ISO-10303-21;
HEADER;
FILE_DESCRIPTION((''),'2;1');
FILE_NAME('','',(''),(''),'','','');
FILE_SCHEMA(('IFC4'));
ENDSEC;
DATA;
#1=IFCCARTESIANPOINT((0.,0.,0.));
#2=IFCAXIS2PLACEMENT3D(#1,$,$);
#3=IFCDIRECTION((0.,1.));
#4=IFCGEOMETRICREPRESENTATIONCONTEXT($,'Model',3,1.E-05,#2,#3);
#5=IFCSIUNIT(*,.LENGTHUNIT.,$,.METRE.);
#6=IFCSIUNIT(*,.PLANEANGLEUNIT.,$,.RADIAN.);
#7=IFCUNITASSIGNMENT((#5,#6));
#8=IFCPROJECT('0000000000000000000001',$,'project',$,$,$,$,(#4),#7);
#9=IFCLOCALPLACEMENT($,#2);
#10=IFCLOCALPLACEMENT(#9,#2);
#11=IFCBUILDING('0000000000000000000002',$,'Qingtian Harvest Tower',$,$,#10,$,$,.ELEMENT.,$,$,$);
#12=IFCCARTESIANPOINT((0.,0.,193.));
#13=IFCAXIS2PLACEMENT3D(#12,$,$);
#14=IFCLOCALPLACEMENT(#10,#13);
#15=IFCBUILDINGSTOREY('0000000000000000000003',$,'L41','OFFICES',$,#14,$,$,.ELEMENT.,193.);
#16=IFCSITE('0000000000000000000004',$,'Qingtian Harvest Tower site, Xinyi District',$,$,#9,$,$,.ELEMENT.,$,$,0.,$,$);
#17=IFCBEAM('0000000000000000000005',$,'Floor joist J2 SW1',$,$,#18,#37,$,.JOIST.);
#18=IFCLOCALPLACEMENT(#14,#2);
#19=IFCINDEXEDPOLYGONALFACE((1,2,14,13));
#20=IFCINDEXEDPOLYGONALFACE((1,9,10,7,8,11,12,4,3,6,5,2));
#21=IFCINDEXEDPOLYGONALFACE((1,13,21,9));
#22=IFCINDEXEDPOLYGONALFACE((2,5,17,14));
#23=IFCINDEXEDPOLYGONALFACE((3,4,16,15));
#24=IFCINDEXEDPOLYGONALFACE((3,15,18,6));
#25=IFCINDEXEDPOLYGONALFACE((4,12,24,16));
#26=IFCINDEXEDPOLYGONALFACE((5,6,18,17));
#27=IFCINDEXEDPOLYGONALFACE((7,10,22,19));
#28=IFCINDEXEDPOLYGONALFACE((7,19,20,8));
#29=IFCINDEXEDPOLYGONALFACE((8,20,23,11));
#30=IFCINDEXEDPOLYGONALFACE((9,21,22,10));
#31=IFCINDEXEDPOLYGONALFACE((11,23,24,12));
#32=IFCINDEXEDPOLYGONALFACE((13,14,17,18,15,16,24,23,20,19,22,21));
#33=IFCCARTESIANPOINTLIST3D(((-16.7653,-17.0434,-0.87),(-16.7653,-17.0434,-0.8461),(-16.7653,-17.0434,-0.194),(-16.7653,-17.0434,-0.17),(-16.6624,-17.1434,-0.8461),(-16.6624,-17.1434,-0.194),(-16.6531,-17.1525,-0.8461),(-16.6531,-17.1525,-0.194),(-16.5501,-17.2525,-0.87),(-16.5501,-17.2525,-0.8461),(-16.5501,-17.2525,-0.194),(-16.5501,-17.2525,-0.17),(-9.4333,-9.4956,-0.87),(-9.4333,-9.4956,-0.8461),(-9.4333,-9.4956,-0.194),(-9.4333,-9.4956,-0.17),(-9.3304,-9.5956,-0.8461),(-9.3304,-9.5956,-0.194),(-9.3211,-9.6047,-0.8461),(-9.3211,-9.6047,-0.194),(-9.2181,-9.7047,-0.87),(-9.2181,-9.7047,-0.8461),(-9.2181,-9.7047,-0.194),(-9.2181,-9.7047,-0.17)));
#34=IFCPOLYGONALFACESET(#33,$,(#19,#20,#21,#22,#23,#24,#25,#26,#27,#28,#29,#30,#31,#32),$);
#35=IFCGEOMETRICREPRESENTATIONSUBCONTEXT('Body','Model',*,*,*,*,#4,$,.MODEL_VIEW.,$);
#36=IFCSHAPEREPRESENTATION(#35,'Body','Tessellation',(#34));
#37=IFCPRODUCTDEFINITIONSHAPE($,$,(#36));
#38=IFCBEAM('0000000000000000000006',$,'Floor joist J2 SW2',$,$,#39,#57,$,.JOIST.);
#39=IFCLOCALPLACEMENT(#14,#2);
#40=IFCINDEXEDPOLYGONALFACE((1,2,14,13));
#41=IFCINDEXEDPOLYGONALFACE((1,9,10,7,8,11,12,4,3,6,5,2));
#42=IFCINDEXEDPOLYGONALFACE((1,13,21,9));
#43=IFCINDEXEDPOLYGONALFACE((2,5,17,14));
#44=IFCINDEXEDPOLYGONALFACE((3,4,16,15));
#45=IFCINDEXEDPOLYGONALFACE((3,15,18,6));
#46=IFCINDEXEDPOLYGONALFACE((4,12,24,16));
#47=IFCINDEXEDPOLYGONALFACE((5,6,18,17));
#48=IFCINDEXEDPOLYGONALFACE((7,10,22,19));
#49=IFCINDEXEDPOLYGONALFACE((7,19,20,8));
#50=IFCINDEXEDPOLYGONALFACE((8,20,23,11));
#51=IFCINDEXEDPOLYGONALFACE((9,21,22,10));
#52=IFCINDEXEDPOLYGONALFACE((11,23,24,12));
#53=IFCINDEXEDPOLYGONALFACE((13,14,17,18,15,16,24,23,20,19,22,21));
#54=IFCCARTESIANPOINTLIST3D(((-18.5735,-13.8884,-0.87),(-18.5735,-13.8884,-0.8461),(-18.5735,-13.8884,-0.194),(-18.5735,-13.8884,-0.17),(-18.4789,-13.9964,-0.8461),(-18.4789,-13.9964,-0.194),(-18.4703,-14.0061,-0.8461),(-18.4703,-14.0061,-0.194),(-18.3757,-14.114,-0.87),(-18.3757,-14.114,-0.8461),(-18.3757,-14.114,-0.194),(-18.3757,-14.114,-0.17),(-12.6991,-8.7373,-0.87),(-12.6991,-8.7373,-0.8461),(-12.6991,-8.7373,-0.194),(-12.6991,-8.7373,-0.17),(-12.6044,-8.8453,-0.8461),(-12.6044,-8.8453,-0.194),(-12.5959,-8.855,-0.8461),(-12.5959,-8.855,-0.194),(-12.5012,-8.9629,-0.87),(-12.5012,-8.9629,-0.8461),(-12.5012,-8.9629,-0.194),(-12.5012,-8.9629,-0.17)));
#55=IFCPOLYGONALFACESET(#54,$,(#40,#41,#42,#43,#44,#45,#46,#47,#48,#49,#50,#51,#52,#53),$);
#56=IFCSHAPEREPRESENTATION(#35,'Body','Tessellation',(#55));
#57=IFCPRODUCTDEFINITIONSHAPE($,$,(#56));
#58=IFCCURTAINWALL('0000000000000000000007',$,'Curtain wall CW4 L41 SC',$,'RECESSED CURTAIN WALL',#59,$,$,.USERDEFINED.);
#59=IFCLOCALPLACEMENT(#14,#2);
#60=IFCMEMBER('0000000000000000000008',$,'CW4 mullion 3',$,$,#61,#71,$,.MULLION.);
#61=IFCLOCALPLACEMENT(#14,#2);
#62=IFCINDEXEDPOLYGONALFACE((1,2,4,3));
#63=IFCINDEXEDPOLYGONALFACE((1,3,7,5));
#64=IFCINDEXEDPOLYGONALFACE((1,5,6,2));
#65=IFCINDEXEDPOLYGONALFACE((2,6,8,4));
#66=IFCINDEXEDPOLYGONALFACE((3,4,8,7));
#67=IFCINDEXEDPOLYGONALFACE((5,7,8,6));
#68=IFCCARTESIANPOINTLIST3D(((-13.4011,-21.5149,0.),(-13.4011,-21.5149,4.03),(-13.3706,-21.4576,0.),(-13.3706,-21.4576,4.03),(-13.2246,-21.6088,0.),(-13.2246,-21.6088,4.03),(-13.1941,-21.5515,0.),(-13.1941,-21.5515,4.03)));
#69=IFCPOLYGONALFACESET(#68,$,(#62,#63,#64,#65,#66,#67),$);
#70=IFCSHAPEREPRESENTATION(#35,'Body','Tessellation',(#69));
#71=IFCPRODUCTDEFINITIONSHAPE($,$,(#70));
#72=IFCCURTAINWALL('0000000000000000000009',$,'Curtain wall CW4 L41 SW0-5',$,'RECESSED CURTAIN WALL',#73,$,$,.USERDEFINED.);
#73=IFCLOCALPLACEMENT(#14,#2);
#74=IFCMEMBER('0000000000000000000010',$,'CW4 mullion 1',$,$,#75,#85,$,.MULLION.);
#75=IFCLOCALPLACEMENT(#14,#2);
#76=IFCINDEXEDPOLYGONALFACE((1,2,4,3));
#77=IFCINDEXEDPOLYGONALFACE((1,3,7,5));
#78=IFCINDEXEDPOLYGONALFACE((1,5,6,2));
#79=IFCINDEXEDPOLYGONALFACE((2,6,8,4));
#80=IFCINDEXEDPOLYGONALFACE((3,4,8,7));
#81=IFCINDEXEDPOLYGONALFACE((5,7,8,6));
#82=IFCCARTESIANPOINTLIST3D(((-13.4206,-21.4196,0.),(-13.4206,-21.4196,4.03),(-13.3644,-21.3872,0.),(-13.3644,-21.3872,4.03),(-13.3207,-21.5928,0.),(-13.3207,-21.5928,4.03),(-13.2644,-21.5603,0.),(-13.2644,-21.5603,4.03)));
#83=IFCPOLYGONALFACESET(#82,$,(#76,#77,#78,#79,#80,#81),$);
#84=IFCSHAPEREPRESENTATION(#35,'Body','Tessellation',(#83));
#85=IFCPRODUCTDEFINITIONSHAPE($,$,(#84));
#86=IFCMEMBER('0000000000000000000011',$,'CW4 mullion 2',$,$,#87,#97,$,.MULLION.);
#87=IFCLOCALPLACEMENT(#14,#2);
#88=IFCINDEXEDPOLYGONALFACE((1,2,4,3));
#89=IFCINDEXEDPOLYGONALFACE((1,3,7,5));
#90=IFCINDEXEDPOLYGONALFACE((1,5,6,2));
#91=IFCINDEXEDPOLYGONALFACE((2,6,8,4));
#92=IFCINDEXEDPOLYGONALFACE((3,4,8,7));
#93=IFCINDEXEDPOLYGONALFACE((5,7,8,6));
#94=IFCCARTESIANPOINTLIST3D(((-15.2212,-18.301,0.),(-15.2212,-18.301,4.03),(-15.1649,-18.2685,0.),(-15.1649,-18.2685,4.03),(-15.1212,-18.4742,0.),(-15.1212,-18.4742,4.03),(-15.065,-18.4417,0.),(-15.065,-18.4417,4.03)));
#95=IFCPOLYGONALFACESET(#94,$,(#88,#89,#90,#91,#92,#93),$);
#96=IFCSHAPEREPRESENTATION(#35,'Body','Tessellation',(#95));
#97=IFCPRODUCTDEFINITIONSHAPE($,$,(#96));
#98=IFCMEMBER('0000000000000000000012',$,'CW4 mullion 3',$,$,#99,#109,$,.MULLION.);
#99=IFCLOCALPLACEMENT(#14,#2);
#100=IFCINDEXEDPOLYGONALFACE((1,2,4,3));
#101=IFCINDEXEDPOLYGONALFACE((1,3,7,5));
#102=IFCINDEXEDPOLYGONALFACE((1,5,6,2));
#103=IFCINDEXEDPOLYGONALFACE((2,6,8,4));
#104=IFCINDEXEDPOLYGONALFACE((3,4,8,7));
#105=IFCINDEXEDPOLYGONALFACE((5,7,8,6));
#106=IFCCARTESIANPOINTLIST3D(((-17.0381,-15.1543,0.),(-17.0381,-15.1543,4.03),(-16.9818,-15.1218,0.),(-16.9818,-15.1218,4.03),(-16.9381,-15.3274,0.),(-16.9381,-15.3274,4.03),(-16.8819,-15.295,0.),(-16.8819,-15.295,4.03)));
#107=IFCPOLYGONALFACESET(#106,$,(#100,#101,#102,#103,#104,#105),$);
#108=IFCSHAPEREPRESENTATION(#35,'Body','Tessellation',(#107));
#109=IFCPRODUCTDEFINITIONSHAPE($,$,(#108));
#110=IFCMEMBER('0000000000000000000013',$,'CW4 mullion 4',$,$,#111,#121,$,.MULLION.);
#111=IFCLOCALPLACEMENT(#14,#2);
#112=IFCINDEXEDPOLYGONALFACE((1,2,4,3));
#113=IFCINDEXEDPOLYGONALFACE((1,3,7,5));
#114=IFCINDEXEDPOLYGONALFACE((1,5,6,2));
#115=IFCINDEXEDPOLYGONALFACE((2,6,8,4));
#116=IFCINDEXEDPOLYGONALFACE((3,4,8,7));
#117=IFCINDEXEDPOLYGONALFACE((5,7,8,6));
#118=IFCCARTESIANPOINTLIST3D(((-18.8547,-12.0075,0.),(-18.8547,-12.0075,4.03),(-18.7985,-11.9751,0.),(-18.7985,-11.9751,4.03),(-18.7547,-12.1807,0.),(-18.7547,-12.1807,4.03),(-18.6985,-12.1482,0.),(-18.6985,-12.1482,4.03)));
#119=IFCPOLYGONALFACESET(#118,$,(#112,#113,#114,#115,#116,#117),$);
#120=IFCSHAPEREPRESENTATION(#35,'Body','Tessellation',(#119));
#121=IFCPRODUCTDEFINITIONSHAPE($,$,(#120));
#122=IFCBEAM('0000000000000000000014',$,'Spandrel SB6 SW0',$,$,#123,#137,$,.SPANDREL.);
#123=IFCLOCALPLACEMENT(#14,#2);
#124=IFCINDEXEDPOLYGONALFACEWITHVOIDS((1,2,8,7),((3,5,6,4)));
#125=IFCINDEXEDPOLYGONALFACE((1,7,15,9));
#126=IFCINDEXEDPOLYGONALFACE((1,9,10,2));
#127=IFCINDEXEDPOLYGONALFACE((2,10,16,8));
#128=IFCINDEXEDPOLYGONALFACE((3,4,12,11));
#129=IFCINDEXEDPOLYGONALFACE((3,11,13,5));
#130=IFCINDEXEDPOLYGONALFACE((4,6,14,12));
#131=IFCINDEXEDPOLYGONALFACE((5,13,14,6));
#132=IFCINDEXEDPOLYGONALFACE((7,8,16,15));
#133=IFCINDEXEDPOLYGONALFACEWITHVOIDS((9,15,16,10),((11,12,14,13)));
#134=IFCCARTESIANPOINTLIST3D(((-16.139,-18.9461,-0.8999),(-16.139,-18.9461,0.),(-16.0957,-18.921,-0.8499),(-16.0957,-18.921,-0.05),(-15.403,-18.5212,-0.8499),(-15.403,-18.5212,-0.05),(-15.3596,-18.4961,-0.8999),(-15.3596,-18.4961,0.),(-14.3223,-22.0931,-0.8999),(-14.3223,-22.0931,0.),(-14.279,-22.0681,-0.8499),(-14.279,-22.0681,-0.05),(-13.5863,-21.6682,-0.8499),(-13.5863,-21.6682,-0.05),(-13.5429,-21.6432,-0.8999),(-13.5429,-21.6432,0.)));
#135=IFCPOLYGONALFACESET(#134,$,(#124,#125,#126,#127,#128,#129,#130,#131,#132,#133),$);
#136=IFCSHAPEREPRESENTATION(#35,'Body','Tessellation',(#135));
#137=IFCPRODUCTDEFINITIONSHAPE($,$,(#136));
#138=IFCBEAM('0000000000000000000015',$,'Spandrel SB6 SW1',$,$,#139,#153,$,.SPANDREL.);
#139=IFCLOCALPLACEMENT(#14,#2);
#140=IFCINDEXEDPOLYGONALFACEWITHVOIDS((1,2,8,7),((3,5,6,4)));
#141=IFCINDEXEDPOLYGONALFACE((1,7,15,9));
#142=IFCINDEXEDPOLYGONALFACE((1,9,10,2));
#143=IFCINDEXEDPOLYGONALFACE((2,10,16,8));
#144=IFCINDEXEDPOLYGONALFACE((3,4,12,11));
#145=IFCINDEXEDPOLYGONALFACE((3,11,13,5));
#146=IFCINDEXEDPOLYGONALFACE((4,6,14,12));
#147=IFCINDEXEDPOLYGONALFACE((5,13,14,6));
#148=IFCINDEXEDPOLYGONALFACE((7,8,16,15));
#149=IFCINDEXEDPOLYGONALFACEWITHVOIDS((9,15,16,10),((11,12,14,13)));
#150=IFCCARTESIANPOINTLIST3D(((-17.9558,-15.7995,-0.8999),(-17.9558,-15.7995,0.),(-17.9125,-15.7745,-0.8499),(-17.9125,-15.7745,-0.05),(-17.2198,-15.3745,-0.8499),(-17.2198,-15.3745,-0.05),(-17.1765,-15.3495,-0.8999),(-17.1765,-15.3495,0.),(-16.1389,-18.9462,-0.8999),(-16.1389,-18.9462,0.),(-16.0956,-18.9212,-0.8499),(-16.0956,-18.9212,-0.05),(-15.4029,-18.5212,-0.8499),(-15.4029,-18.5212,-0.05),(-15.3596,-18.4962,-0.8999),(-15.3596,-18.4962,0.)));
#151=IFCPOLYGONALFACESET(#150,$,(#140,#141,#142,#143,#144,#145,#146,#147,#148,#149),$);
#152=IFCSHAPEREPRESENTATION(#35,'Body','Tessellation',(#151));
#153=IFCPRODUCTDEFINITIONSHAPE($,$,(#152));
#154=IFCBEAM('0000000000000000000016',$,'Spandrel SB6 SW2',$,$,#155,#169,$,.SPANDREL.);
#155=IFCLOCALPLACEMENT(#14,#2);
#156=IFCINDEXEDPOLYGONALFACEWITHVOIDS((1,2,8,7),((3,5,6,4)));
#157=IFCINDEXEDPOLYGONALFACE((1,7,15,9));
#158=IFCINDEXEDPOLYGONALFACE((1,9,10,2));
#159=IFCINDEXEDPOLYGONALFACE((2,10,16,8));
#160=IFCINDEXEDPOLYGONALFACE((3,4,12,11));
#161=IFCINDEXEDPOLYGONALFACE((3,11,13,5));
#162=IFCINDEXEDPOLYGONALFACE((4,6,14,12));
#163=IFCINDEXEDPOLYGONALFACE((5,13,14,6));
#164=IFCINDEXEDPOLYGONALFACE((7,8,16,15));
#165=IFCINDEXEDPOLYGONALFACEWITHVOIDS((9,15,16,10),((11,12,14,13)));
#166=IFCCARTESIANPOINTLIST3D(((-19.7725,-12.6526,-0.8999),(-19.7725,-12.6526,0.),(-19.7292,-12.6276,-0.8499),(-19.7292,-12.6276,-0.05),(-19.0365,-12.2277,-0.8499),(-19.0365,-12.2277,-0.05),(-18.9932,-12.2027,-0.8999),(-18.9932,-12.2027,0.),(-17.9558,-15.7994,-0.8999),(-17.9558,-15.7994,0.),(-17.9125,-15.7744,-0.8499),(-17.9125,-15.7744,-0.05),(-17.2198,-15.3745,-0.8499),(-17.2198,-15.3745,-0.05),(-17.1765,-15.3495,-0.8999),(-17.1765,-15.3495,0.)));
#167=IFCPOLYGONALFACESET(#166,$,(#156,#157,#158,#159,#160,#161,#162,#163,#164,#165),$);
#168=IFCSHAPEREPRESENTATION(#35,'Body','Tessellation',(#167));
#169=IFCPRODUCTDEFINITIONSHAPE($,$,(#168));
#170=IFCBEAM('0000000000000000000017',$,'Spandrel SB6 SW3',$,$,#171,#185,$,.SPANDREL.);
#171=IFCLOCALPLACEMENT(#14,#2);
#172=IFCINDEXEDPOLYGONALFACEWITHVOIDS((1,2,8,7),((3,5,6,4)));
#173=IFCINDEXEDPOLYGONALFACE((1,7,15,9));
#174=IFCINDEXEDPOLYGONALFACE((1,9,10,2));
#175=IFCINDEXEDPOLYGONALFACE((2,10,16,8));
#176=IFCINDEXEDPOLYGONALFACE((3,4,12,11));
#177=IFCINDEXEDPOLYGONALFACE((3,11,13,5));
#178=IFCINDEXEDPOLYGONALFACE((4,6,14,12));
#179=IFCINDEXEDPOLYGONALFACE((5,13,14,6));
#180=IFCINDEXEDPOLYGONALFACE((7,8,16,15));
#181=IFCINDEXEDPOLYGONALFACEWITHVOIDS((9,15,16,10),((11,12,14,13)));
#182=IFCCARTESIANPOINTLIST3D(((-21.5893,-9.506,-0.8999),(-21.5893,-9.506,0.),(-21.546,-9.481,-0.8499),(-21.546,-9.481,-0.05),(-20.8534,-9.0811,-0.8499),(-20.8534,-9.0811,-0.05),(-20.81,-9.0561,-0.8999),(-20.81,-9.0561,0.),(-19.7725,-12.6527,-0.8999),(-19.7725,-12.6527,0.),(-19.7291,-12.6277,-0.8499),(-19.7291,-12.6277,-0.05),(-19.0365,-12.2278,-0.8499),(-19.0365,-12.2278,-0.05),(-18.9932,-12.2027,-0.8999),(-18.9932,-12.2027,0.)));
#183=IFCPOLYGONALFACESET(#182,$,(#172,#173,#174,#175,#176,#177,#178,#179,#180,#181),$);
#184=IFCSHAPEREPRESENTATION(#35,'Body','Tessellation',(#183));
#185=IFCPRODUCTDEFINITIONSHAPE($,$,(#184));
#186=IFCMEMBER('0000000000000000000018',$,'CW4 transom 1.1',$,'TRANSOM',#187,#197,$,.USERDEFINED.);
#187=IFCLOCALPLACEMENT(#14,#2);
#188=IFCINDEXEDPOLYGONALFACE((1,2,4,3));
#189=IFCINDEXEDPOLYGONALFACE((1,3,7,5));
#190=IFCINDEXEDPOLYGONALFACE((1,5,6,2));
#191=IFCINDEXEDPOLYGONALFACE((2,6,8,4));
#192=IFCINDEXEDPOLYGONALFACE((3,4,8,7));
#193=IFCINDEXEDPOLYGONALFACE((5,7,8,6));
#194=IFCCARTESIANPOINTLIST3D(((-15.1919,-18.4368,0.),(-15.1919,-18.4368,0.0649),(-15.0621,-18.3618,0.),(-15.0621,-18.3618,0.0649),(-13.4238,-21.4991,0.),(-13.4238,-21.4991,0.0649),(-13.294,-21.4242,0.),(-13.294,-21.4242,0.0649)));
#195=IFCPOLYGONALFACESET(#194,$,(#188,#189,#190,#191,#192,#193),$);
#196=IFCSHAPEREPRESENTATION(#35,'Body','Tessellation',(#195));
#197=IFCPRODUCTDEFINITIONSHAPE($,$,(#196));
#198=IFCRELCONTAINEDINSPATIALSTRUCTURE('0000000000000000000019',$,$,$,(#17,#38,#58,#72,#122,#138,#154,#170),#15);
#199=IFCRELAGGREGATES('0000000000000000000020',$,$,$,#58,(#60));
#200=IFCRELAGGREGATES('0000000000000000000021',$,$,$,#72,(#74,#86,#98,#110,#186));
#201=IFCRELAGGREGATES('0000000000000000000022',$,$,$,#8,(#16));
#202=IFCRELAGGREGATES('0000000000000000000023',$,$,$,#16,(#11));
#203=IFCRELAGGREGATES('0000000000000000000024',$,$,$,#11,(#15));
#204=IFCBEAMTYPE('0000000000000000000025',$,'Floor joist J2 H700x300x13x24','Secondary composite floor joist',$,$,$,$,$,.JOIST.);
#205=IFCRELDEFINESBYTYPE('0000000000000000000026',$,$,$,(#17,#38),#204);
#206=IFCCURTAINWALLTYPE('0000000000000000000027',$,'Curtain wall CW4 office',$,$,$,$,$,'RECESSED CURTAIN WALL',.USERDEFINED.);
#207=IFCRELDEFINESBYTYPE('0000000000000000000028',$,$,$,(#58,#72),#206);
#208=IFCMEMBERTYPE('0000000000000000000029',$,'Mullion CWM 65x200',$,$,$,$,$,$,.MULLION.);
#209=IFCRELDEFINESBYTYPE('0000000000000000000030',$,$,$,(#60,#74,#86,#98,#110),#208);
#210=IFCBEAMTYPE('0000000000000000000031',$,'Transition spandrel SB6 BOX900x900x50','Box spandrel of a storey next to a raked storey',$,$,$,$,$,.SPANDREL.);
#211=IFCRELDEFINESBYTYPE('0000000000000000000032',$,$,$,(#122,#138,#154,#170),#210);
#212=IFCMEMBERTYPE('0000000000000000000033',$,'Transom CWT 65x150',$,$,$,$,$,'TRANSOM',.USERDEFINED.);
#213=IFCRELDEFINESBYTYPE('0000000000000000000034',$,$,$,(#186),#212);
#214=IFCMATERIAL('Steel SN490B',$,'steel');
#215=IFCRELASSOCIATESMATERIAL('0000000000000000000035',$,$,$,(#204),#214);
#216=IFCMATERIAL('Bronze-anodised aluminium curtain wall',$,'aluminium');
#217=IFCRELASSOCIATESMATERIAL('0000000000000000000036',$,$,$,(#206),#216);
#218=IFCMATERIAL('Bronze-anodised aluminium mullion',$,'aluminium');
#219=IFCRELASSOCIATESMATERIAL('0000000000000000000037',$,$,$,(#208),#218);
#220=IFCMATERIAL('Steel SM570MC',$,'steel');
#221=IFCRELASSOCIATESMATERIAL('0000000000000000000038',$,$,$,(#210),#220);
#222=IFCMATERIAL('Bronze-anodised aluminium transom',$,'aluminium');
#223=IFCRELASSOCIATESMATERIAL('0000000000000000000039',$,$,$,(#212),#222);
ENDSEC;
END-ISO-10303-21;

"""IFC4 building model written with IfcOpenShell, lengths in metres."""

from ifc_helpers import new_model, si_unit, direction, frame, origin, origin_2d, place, context, subcontext, project, spatial, rectangle, hollow_rectangle, i_section, extrude, material, material_profile, profile_set, type_object, element, aggregate, save


model = new_model("IFC4")

# Units and contexts
model_context = context("Model", 3, precision=1e-05, world=origin(), true_north=direction((0.0, 1.0)))
body_context = subcontext(model_context, "Body", "Model", "MODEL_VIEW")
ifc_project = project(units=[si_unit("LENGTHUNIT", "METRE"), si_unit("PLANEANGLEUNIT", "RADIAN")], contexts=[model_context])

# Site, building, storey
site_placement = place(None, origin())
site = spatial("IfcSite", under=ifc_project, at=site_placement, Name="Qingtian Harvest Tower site, Xinyi District", CompositionType="ELEMENT", RefElevation=0.0)
building_placement = place(site_placement, origin())
building = spatial("IfcBuilding", under=site, at=building_placement, Name="Qingtian Harvest Tower", CompositionType="ELEMENT")
storey_placement = place(building_placement, frame((0.0, 0.0, 193.0)))
storey = spatial("IfcBuildingStorey", under=building, at=storey_placement, Name="L41", Description="OFFICES", CompositionType="ELEMENT", Elevation=193.0)

# Beams
ifc_material_1 = material(Name="Steel SN490B", Category="steel")
ifc_material_profile_1 = material_profile(ifc_material_1, i_section(OverallWidth=0.3, OverallDepth=0.7, WebThickness=0.0129, FlangeThickness=0.0239, at=origin_2d()), Name="H700x300x13x24")
ifc_profile_set_1 = profile_set([ifc_material_profile_1], Name="Steel SN490B")
beam_type_1 = type_object("IfcBeamType", Name="Floor joist J2 H700x300x13x24", Description="Secondary composite floor joist", PredefinedType="JOIST", material=ifc_profile_set_1)
beam_1_placement = place(storey_placement, frame((-16.6577, -17.1479, -0.52), z_axis=(0.696777, 0.717287, 0.0), x_axis=(-0.717287, 0.696777, 0.0)))
element("IfcBeam", 1, at=beam_1_placement, inside=storey, type_object=beam_type_1, Name="Floor joist J2 SW1", PredefinedType="JOIST", context=body_context, shape_type="SweptSolid", body=[
    extrude(i_section(OverallWidth=0.3, OverallDepth=0.7, WebThickness=0.0129, FlangeThickness=0.0239, at=origin_2d()), origin(), (0.0, 0.0, 1.0), 10.5227),
])
beam_2_placement = place(storey_placement, frame((-18.4746, -14.0012, -0.52), z_axis=(0.751883, 0.659296, 0.0), x_axis=(-0.659296, 0.751883, 0.0)))
element("IfcBeam", 2, at=beam_2_placement, inside=storey, type_object=beam_type_1, Name="Floor joist J2 SW2", PredefinedType="JOIST", context=body_context, shape_type="SweptSolid", body=[
    extrude(i_section(OverallWidth=0.3, OverallDepth=0.7, WebThickness=0.0129, FlangeThickness=0.0239, at=origin_2d()), origin(), (0.0, 0.0, 1.0), 7.813),
])

# Curtain wall, member
ifc_material_2 = material(Name="Bronze-anodised aluminium curtain wall", Category="aluminium")
curtain_wall_type = type_object("IfcCurtainWallType", Name="Curtain wall CW4 office", ElementType="RECESSED CURTAIN WALL", PredefinedType="USERDEFINED", material=ifc_material_2)
curtain_wall_1_placement = place(storey_placement, origin())
curtain_wall_1 = element("IfcCurtainWall", 3, at=curtain_wall_1_placement, inside=storey, type_object=curtain_wall_type, Name="Curtain wall CW4 L41 SC", ObjectType="RECESSED CURTAIN WALL", PredefinedType="USERDEFINED")
ifc_material_3 = material(Name="Bronze-anodised aluminium mullion", Category="aluminium")
ifc_material_profile_2 = material_profile(ifc_material_3, rectangle(XDim=0.0649, YDim=0.2, at=origin_2d()), Name="AL 65x200")
ifc_profile_set_2 = profile_set([ifc_material_profile_2], Name="Bronze-anodised aluminium mullion")
member_type_1 = type_object("IfcMemberType", Name="Mullion CWM 65x200", PredefinedType="MULLION", material=ifc_profile_set_2)
member_1_placement = place(storey_placement, frame((-13.2976, -21.5332, 0.0), z_axis=(0.0, 0.0, 1.0), x_axis=(-0.469472, -0.882948, 0.0)))
member_1 = element("IfcMember", 4, at=member_1_placement, type_object=member_type_1, Name="CW4 mullion 3", PredefinedType="MULLION", context=body_context, shape_type="SweptSolid", body=[
    extrude(rectangle(XDim=0.0649, YDim=0.2, at=origin_2d()), origin(), (0.0, 0.0, 1.0), 4.03),
])

# Curtain wall, members
curtain_wall_2_placement = place(storey_placement, origin())
curtain_wall_2 = element("IfcCurtainWall", 5, at=curtain_wall_2_placement, inside=storey, type_object=curtain_wall_type, Name="Curtain wall CW4 L41 SW0-5", ObjectType="RECESSED CURTAIN WALL", PredefinedType="USERDEFINED")
member_2_placement = place(storey_placement, frame((-13.3425, -21.49, 0.0), z_axis=(0.0, 0.0, 1.0), x_axis=(-0.866025, -0.5, 0.0)))
member_2 = element("IfcMember", 6, at=member_2_placement, type_object=member_type_1, Name="CW4 mullion 1", PredefinedType="MULLION", context=body_context, shape_type="SweptSolid", body=[
    extrude(rectangle(XDim=0.0649, YDim=0.2, at=origin_2d()), origin(), (0.0, 0.0, 1.0), 4.03),
])
member_3_placement = place(storey_placement, frame((-15.1431, -18.3713, 0.0), z_axis=(0.0, 0.0, 1.0), x_axis=(-0.866025, -0.5, 0.0)))
member_3 = element("IfcMember", 7, at=member_3_placement, type_object=member_type_1, Name="CW4 mullion 2", PredefinedType="MULLION", context=body_context, shape_type="SweptSolid", body=[
    extrude(rectangle(XDim=0.0649, YDim=0.2, at=origin_2d()), origin(), (0.0, 0.0, 1.0), 4.03),
])
member_4_placement = place(storey_placement, frame((-16.96, -15.2246, 0.0), z_axis=(0.0, 0.0, 1.0), x_axis=(-0.866025, -0.5, 0.0)))
member_4 = element("IfcMember", 8, at=member_4_placement, type_object=member_type_1, Name="CW4 mullion 3", PredefinedType="MULLION", context=body_context, shape_type="SweptSolid", body=[
    extrude(rectangle(XDim=0.0649, YDim=0.2, at=origin_2d()), origin(), (0.0, 0.0, 1.0), 4.03),
])
member_5_placement = place(storey_placement, frame((-18.7766, -12.0779, 0.0), z_axis=(0.0, 0.0, 1.0), x_axis=(-0.866025, -0.5, 0.0)))
member_5 = element("IfcMember", 9, at=member_5_placement, type_object=member_type_1, Name="CW4 mullion 4", PredefinedType="MULLION", context=body_context, shape_type="SweptSolid", body=[
    extrude(rectangle(XDim=0.0649, YDim=0.2, at=origin_2d()), origin(), (0.0, 0.0, 1.0), 4.03),
])

# Beams
ifc_material_4 = material(Name="Steel SM570MC", Category="steel")
ifc_material_profile_3 = material_profile(ifc_material_4, hollow_rectangle(XDim=0.8999, YDim=0.8999, WallThickness=0.05, at=origin_2d()), Name="BOX900x900x50")
ifc_profile_set_3 = profile_set([ifc_material_profile_3], Name="Steel SM570MC")
beam_type_2 = type_object("IfcBeamType", Name="Transition spandrel SB6 BOX900x900x50", Description="Box spandrel of a storey next to a raked storey", PredefinedType="SPANDREL", material=ifc_profile_set_3)
beam_3_placement = place(storey_placement, frame((-13.9326, -21.8682, -0.45), z_axis=(-0.499947, 0.866056, 0.0), x_axis=(-0.866056, -0.499947, 0.0)))
element("IfcBeam", 10, at=beam_3_placement, inside=storey, type_object=beam_type_2, Name="Spandrel SB6 SW0", PredefinedType="SPANDREL", context=body_context, shape_type="SweptSolid", body=[
    extrude(hollow_rectangle(XDim=0.8999, YDim=0.8999, WallThickness=0.05, at=origin_2d()), origin(), (0.0, 0.0, 1.0), 3.6338),
])
for number, where, z_axis, x_axis, name in (
    (11, (-15.7493, -18.7212, -0.45), (-0.500027, 0.86601, 0.0), (-0.86601, -0.500027, 0.0), "Spandrel SB6 SW1"),
    (12, (-17.5662, -15.5745, -0.45), (-0.499976, 0.866039, 0.0), (-0.866039, -0.499976, 0.0), "Spandrel SB6 SW2"),
    (13, (-19.3828, -12.4277, -0.45), (-0.500027, 0.86601, 0.0), (-0.86601, -0.500027, 0.0), "Spandrel SB6 SW3"),
):
    element("IfcBeam", number, at=place(storey_placement, frame(where, z_axis=z_axis, x_axis=x_axis)), inside=storey, type_object=beam_type_2, Name=name, PredefinedType="SPANDREL", context=body_context, shape_type="SweptSolid", body=[
        extrude(hollow_rectangle(XDim=0.8999, YDim=0.8999, WallThickness=0.05, at=origin_2d()), origin(), (0.0, 0.0, 1.0), 3.6335),
    ])

# Member
ifc_material_5 = material(Name="Bronze-anodised aluminium transom", Category="aluminium")
ifc_material_profile_4 = material_profile(ifc_material_5, rectangle(XDim=0.1499, YDim=0.0649, at=origin_2d()), Name="AL 65x150")
ifc_profile_set_4 = profile_set([ifc_material_profile_4], Name="Bronze-anodised aluminium transom")
member_type_2 = type_object("IfcMemberType", Name="Transom CWT 65x150", ElementType="TRANSOM", PredefinedType="USERDEFINED", material=ifc_profile_set_4)
member_6_placement = place(storey_placement, frame((-13.3589, -21.4617, 0.0325), z_axis=(-0.500015, 0.866017, 0.0), x_axis=(-0.866017, -0.500015, 0.0)))
member_6 = element("IfcMember", 14, at=member_6_placement, type_object=member_type_2, Name="CW4 transom 1.1", ObjectType="TRANSOM", PredefinedType="USERDEFINED", context=body_context, shape_type="SweptSolid", body=[
    extrude(rectangle(XDim=0.1499, YDim=0.0649, at=origin_2d()), origin(), (0.0, 0.0, 1.0), 3.5361),
])

aggregate(curtain_wall_1, [member_1])
aggregate(curtain_wall_2, [member_2, member_3, member_4, member_5, member_6])

save(model, "model.ifc")
